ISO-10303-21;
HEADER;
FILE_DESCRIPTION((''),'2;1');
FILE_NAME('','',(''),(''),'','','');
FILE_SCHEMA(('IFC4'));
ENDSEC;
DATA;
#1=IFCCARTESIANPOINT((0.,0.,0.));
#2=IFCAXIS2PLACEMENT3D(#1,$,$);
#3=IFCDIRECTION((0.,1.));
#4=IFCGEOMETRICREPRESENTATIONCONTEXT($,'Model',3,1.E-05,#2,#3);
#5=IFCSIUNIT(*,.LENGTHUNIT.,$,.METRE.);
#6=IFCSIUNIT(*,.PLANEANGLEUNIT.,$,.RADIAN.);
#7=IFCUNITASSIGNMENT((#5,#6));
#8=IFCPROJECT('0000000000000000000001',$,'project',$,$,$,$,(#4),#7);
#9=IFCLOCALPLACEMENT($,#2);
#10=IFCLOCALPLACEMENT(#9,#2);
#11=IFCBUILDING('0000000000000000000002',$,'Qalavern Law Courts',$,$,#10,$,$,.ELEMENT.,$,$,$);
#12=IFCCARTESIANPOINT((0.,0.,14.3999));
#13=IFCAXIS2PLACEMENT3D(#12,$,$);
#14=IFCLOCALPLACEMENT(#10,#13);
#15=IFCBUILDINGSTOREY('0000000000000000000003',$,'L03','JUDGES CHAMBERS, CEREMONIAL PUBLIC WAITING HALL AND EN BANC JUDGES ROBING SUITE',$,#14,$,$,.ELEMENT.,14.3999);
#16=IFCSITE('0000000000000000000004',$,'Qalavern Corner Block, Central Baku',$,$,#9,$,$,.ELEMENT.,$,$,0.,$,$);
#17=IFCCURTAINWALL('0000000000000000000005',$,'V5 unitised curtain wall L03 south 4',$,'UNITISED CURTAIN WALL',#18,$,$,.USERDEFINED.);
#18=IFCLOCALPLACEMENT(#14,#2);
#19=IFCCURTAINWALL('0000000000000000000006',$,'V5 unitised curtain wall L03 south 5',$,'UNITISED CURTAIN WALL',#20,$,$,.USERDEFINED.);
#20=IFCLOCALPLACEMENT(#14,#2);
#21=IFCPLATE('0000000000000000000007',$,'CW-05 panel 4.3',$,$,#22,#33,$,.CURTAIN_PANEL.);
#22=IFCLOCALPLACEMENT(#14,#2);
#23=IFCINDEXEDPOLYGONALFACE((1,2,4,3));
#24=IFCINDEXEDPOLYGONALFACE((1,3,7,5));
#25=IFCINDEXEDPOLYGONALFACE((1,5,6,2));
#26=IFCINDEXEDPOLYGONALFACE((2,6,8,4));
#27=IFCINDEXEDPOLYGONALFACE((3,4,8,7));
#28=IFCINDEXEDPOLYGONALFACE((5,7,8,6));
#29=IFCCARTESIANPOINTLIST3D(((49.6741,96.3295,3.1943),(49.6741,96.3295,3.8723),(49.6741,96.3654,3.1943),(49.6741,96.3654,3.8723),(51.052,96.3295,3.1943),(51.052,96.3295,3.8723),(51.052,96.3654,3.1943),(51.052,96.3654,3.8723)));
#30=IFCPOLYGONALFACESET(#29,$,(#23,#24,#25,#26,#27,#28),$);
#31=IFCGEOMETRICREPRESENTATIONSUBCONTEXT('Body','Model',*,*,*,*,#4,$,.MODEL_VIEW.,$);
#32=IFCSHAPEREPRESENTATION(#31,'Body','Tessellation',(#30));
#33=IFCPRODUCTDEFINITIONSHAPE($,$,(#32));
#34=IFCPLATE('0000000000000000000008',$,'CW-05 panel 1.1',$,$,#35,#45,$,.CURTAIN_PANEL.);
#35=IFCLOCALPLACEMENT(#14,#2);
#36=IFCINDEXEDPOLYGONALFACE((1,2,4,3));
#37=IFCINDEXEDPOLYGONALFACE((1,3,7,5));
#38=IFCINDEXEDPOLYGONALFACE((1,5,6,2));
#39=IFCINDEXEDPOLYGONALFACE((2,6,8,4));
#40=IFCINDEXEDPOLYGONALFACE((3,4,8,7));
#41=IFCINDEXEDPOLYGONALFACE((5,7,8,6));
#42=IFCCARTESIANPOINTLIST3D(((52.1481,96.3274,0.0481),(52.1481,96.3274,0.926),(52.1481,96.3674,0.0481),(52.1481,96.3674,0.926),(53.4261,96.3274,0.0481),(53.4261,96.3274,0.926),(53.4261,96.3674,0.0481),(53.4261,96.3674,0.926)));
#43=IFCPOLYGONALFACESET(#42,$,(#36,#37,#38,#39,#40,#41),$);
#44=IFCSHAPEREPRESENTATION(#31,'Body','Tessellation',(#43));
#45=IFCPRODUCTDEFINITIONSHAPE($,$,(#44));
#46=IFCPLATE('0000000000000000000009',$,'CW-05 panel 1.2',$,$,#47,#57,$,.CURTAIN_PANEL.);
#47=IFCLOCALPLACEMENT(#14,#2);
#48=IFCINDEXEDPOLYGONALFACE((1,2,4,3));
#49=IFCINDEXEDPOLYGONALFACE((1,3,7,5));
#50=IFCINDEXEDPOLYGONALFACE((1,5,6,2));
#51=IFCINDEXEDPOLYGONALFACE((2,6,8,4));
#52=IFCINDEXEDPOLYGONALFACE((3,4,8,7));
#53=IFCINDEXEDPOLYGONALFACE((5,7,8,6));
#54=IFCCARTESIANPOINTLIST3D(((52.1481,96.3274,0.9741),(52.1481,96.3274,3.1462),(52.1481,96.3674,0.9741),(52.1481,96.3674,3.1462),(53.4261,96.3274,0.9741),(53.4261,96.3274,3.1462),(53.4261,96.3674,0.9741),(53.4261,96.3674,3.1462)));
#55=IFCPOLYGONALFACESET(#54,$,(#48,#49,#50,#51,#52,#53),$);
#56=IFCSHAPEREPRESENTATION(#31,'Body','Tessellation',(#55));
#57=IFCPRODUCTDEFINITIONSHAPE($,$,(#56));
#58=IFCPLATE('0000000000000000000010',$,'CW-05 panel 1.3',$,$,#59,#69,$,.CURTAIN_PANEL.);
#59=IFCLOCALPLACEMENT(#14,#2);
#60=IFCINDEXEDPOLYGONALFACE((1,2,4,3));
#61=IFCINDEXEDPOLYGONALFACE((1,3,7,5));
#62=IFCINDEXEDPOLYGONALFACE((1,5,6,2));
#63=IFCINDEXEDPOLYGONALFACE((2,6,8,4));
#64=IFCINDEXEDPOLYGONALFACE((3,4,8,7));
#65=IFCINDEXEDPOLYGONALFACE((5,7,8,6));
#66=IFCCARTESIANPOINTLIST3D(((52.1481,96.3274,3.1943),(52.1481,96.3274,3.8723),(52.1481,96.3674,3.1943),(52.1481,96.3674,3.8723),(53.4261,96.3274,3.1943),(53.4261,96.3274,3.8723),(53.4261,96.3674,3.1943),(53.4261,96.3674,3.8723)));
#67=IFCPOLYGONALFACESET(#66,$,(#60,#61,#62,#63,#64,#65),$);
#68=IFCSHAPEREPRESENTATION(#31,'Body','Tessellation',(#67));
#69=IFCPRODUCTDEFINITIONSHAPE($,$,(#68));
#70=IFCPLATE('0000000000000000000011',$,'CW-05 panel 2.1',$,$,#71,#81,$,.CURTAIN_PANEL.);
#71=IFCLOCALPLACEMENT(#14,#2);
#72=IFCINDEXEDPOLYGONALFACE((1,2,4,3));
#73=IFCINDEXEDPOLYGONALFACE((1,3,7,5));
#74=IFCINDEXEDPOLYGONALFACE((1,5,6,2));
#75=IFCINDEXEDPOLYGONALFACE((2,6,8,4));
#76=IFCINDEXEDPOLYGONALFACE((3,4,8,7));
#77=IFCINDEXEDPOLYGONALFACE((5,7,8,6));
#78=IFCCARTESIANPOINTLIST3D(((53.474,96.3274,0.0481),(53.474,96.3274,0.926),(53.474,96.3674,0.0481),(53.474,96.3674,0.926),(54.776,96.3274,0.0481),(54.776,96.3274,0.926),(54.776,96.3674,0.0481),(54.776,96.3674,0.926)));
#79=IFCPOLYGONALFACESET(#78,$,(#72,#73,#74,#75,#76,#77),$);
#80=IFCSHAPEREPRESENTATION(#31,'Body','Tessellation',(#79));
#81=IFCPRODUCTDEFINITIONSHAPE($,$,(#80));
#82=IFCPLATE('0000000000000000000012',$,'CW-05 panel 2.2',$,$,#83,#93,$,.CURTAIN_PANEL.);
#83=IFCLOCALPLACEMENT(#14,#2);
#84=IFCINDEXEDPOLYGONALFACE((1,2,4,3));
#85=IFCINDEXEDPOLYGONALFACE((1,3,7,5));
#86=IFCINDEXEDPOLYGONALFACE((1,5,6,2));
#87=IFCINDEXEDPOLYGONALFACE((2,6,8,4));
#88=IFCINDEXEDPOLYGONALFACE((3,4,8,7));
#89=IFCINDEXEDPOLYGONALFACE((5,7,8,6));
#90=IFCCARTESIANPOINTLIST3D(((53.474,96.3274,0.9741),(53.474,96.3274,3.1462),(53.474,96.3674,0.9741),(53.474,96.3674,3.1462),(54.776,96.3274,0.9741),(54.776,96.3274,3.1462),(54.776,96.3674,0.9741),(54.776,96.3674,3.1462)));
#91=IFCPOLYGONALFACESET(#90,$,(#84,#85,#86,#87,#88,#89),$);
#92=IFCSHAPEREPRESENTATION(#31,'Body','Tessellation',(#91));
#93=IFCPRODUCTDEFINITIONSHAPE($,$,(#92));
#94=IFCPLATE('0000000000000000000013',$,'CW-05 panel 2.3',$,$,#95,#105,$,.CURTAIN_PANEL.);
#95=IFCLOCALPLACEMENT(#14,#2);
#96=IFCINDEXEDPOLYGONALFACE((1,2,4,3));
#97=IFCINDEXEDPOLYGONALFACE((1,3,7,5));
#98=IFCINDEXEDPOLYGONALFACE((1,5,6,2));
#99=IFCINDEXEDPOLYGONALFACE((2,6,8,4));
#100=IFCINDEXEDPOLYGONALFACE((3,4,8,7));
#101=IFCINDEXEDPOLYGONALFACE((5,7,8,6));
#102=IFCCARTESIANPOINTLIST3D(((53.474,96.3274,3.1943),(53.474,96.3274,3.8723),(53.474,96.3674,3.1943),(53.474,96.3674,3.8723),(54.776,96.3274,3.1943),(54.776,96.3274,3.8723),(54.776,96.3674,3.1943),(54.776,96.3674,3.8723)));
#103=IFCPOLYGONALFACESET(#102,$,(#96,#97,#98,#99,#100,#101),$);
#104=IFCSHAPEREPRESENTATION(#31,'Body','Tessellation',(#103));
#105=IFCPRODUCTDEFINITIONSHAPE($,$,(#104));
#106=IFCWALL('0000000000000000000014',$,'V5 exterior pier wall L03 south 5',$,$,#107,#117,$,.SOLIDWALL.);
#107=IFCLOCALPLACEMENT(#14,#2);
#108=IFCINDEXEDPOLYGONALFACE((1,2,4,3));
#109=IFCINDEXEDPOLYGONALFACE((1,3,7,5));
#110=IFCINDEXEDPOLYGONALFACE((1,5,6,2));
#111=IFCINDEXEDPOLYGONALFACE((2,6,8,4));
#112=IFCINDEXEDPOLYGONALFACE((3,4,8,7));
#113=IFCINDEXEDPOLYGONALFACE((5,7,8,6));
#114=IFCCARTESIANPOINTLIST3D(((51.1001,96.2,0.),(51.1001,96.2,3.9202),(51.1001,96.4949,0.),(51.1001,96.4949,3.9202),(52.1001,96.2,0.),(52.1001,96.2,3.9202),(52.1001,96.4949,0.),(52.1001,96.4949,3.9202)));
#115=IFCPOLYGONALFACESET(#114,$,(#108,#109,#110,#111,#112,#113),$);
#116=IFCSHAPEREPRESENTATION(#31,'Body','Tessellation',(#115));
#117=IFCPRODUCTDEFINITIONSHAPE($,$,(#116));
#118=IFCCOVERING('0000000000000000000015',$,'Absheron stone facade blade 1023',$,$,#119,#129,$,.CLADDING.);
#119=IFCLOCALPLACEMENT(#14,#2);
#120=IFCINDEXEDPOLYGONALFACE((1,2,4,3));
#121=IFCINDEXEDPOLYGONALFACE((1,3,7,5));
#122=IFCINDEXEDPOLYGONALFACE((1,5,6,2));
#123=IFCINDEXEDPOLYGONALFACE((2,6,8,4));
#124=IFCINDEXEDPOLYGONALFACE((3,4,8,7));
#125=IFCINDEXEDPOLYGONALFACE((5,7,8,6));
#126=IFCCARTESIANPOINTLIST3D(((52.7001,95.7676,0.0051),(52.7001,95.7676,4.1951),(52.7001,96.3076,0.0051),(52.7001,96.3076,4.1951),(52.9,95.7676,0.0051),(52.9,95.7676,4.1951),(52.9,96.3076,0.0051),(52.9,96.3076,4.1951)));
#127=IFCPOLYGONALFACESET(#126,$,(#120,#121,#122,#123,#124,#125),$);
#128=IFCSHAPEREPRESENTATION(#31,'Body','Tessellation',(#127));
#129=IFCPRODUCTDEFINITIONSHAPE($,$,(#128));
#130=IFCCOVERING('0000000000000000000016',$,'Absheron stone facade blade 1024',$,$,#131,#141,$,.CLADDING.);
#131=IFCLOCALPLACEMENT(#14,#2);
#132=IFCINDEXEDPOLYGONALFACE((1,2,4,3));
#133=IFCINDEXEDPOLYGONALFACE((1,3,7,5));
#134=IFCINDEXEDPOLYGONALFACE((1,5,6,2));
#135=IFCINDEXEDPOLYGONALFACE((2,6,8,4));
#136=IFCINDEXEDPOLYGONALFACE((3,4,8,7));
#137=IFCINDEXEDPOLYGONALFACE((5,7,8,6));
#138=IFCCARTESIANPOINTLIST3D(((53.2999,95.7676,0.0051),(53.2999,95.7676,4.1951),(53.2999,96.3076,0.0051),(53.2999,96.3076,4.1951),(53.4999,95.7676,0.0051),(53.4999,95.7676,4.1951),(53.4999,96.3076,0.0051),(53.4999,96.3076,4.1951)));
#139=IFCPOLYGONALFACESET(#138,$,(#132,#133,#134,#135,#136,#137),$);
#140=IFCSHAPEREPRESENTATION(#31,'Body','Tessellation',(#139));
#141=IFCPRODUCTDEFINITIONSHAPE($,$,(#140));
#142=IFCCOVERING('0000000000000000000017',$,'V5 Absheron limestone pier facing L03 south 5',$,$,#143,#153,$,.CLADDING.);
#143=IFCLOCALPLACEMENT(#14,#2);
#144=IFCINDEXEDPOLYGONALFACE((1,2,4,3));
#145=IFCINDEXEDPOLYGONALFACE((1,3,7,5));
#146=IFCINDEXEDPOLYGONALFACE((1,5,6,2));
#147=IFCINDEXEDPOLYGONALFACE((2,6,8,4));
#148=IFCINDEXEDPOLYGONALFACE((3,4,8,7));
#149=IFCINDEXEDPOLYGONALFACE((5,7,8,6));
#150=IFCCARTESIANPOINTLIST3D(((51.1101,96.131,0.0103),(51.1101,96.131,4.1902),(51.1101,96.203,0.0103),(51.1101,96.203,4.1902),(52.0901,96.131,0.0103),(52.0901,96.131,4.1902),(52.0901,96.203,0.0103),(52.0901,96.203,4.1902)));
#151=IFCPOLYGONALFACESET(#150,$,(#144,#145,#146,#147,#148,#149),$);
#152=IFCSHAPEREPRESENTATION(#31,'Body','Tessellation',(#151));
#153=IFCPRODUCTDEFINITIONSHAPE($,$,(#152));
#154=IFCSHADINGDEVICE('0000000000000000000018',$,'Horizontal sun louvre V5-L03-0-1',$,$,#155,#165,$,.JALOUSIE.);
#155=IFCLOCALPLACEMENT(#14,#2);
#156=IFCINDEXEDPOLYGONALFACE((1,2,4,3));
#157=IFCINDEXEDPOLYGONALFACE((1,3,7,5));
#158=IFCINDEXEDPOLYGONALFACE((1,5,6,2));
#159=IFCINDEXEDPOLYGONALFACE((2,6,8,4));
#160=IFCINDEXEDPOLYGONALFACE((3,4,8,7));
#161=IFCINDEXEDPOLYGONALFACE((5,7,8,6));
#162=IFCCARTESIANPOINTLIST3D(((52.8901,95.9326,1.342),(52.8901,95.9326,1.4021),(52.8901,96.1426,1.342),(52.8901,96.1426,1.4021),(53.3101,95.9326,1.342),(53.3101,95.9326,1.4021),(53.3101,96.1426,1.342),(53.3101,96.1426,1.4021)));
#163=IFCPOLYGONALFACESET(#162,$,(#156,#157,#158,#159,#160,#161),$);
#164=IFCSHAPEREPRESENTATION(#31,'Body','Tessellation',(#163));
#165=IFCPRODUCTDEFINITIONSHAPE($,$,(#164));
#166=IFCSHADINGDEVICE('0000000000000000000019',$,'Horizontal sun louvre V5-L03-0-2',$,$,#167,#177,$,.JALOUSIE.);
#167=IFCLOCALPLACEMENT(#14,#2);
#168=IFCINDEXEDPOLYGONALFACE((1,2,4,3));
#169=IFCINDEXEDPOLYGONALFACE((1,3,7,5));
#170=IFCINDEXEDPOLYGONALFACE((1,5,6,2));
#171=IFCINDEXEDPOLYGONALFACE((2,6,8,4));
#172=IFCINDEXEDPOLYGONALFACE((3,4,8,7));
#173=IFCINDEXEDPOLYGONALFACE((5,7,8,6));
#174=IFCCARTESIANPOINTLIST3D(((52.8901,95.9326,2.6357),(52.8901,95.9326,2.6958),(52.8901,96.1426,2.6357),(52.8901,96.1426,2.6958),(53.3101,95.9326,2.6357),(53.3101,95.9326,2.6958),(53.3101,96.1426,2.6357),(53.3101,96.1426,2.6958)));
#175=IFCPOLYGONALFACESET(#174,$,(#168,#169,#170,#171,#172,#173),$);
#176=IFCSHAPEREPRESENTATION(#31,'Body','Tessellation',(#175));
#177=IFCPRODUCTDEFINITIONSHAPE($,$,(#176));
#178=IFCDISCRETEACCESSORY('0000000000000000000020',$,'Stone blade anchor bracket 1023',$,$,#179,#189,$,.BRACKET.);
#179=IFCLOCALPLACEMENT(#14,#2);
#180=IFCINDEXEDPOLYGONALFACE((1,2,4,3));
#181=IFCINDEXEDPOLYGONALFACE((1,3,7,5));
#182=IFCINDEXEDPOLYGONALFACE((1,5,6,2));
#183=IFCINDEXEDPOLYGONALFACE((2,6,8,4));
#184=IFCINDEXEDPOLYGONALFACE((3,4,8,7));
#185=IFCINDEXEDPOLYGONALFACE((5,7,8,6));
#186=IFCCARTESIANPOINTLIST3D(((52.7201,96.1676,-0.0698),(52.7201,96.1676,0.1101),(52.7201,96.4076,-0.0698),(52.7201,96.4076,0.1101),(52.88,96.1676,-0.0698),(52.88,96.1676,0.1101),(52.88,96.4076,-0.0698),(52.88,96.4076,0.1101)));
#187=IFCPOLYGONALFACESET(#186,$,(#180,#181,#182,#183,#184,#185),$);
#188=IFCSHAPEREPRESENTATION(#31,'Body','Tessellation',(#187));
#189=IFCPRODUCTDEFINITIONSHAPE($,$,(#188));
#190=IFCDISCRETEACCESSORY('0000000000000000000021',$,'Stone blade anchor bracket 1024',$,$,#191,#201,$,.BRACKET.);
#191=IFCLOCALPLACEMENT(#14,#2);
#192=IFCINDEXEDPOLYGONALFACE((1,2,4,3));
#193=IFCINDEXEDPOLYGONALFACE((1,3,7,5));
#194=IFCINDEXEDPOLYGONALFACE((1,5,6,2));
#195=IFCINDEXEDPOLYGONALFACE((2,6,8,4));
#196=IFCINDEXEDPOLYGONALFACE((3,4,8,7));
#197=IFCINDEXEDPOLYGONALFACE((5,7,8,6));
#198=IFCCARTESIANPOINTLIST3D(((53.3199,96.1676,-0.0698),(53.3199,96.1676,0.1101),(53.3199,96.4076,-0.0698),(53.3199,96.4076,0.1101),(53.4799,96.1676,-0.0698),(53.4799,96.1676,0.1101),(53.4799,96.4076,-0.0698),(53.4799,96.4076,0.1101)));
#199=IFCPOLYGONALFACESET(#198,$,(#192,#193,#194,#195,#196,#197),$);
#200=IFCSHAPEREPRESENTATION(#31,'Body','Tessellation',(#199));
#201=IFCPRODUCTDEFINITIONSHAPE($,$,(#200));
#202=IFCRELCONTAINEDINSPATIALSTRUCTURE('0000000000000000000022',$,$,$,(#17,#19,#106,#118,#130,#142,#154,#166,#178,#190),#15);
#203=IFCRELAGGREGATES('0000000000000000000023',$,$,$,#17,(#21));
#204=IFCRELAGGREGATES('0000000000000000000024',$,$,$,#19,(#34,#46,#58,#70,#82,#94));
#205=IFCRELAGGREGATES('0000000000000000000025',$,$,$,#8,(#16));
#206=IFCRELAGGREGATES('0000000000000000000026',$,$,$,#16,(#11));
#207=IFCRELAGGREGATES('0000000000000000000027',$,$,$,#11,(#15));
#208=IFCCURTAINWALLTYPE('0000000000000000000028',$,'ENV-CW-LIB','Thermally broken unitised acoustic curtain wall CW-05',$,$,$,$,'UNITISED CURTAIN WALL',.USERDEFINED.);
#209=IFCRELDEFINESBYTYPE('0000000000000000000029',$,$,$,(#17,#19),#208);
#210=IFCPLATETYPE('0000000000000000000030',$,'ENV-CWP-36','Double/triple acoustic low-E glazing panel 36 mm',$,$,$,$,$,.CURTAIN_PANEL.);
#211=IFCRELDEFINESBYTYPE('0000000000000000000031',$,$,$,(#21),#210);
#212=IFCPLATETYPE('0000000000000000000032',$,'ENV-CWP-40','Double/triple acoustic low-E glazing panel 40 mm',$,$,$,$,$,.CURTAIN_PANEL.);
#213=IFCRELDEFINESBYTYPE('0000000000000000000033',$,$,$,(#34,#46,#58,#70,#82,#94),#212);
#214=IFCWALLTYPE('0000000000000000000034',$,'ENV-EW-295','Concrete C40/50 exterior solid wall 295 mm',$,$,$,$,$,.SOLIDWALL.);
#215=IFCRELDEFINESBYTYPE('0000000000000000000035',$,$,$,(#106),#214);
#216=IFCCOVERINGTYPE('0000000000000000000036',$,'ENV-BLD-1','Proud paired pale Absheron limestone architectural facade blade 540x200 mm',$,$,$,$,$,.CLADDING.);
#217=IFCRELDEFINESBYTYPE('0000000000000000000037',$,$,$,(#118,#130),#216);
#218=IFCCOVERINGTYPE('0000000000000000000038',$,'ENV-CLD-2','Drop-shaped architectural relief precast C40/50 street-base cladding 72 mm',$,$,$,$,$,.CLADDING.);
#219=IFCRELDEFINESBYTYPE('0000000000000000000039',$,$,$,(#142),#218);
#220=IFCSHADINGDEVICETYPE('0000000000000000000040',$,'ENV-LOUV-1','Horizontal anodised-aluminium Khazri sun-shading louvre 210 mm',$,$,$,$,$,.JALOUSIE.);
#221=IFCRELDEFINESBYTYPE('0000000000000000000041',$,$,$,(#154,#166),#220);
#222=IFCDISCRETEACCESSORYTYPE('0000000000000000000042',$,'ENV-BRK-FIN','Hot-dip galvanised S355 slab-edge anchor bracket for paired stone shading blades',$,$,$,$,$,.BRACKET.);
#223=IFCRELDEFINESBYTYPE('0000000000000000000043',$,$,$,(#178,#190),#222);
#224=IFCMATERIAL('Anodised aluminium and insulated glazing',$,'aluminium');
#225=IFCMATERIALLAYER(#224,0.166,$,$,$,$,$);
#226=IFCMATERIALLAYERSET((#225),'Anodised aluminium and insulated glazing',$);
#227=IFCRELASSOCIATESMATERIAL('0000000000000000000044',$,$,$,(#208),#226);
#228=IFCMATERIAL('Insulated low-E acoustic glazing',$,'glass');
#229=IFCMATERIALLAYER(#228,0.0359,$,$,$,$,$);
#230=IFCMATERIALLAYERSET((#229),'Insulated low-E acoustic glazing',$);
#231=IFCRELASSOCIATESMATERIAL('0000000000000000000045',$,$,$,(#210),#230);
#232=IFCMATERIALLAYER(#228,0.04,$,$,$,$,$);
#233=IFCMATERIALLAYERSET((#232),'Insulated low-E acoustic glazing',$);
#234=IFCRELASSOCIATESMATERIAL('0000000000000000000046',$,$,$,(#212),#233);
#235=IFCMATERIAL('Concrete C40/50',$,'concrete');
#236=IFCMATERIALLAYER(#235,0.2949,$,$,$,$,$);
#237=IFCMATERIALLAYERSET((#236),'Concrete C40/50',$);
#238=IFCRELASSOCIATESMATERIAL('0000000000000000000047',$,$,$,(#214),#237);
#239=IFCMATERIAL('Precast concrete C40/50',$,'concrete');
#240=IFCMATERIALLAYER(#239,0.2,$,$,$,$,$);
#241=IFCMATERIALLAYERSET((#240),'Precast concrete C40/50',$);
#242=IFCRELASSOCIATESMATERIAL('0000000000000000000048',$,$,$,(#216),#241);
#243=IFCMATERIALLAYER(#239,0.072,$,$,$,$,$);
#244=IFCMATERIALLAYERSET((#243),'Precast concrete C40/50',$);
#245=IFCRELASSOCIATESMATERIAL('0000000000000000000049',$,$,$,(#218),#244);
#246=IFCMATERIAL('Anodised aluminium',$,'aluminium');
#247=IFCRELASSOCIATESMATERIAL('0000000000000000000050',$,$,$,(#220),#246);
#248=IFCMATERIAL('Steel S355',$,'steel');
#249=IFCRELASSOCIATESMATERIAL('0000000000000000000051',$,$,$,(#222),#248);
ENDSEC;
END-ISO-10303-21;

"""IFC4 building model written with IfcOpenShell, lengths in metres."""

from ifc_helpers import new_model, si_unit, direction, frame, frame_2d, origin, origin_2d, place, context, subcontext, project, spatial, rectangle, extrude, material, layer, layer_set, type_object, element, aggregate, save


model = new_model("IFC4")

# Units and contexts
model_context = context("Model", 3, precision=1e-05, world=origin(), true_north=direction((0.0, 1.0)))
body_context = subcontext(model_context, "Body", "Model", "MODEL_VIEW")
ifc_project = project(units=[si_unit("LENGTHUNIT", "METRE"), si_unit("PLANEANGLEUNIT", "RADIAN")], contexts=[model_context])

# Site, building, storey
site_placement = place(None, origin())
site = spatial("IfcSite", under=ifc_project, at=site_placement, Name="Qalavern Corner Block, Central Baku", CompositionType="ELEMENT", RefElevation=0.0)
building_placement = place(site_placement, origin())
building = spatial("IfcBuilding", under=site, at=building_placement, Name="Qalavern Law Courts", CompositionType="ELEMENT")
storey_placement = place(building_placement, frame((0.0, 0.0, 14.3999)))
storey = spatial("IfcBuildingStorey", under=building, at=storey_placement, Name="L03", Description="JUDGES CHAMBERS, CEREMONIAL PUBLIC WAITING HALL AND EN BANC JUDGES ROBING SUITE", CompositionType="ELEMENT", Elevation=14.3999)

# Curtain walls
ifc_material_1 = material(Name="Anodised aluminium and insulated glazing", Category="aluminium")
ifc_layer_1 = layer(ifc_material_1, 0.166)
ifc_layer_set_1 = layer_set([ifc_layer_1], Name="Anodised aluminium and insulated glazing")
curtain_wall_type = type_object("IfcCurtainWallType", Name="ENV-CW-LIB", Description="Thermally broken unitised acoustic curtain wall CW-05", ElementType="UNITISED CURTAIN WALL", PredefinedType="USERDEFINED", material=ifc_layer_set_1)
curtain_wall_1_placement = place(storey_placement, origin())
curtain_wall_1 = element("IfcCurtainWall", 1, at=curtain_wall_1_placement, inside=storey, type_object=curtain_wall_type, Name="V5 unitised curtain wall L03 south 4", ObjectType="UNITISED CURTAIN WALL", PredefinedType="USERDEFINED")
ifc_material_2 = material(Name="Anodised aluminium", Category="aluminium")
curtain_wall_2_placement = place(storey_placement, origin())
curtain_wall_2 = element("IfcCurtainWall", 2, at=curtain_wall_2_placement, inside=storey, type_object=curtain_wall_type, Name="V5 unitised curtain wall L03 south 5", ObjectType="UNITISED CURTAIN WALL", PredefinedType="USERDEFINED")

# Plates
ifc_material_3 = material(Name="Insulated low-E acoustic glazing", Category="glass")
ifc_layer_2 = layer(ifc_material_3, 0.0359)
ifc_layer_set_2 = layer_set([ifc_layer_2], Name="Insulated low-E acoustic glazing")
plate_type_1 = type_object("IfcPlateType", Name="ENV-CWP-36", Description="Double/triple acoustic low-E glazing panel 36 mm", PredefinedType="CURTAIN_PANEL", material=ifc_layer_set_2)
plate_1_placement = place(storey_placement, frame((50.363, 96.3474, 3.1943), z_axis=(0.0, 0.0, 1.0), x_axis=(1.0, 0.0, 0.0)))
plate_1 = element("IfcPlate", 3, at=plate_1_placement, type_object=plate_type_1, Name="CW-05 panel 4.3", PredefinedType="CURTAIN_PANEL", context=body_context, shape_type="SweptSolid", body=[
    extrude(rectangle(XDim=1.3779, YDim=0.0359, at=origin_2d()), origin(), (0.0, 0.0, 1.0), 0.678),
])
aggregate(curtain_wall_1, [plate_1])
ifc_layer_3 = layer(ifc_material_3, 0.04)
ifc_layer_set_3 = layer_set([ifc_layer_3], Name="Insulated low-E acoustic glazing")
plate_type_2 = type_object("IfcPlateType", Name="ENV-CWP-40", Description="Double/triple acoustic low-E glazing panel 40 mm", PredefinedType="CURTAIN_PANEL", material=ifc_layer_set_3)
plate_2_placement = place(storey_placement, frame((52.7871, 96.3474, 0.0481), z_axis=(0.0, 0.0, 1.0), x_axis=(1.0, 0.0, 0.0)))
plate_2 = element("IfcPlate", 4, at=plate_2_placement, type_object=plate_type_2, Name="CW-05 panel 1.1", PredefinedType="CURTAIN_PANEL", context=body_context, shape_type="SweptSolid", body=[
    extrude(rectangle(XDim=1.2781, YDim=0.04, at=origin_2d()), origin(), (0.0, 0.0, 1.0), 0.8779),
])
plate_3_placement = place(storey_placement, frame((52.7871, 96.3474, 0.9741), z_axis=(0.0, 0.0, 1.0), x_axis=(1.0, 0.0, 0.0)))
plate_3 = element("IfcPlate", 5, at=plate_3_placement, type_object=plate_type_2, Name="CW-05 panel 1.2", PredefinedType="CURTAIN_PANEL", context=body_context, shape_type="SweptSolid", body=[
    extrude(rectangle(XDim=1.2781, YDim=0.04, at=origin_2d()), origin(), (0.0, 0.0, 1.0), 2.1721),
])
plate_4_placement = place(storey_placement, frame((52.7871, 96.3474, 3.1943), z_axis=(0.0, 0.0, 1.0), x_axis=(1.0, 0.0, 0.0)))
plate_4 = element("IfcPlate", 6, at=plate_4_placement, type_object=plate_type_2, Name="CW-05 panel 1.3", PredefinedType="CURTAIN_PANEL", context=body_context, shape_type="SweptSolid", body=[
    extrude(rectangle(XDim=1.2781, YDim=0.04, at=origin_2d()), origin(), (0.0, 0.0, 1.0), 0.678),
])
plate_5_placement = place(storey_placement, frame((54.125, 96.3474, 0.0481), z_axis=(0.0, 0.0, 1.0), x_axis=(1.0, 0.0, 0.0)))
plate_5 = element("IfcPlate", 7, at=plate_5_placement, type_object=plate_type_2, Name="CW-05 panel 2.1", PredefinedType="CURTAIN_PANEL", context=body_context, shape_type="SweptSolid", body=[
    extrude(rectangle(XDim=1.302, YDim=0.04, at=origin_2d()), origin(), (0.0, 0.0, 1.0), 0.8779),
])
plate_6_placement = place(storey_placement, frame((54.125, 96.3474, 0.9741), z_axis=(0.0, 0.0, 1.0), x_axis=(1.0, 0.0, 0.0)))
plate_6 = element("IfcPlate", 8, at=plate_6_placement, type_object=plate_type_2, Name="CW-05 panel 2.2", PredefinedType="CURTAIN_PANEL", context=body_context, shape_type="SweptSolid", body=[
    extrude(rectangle(XDim=1.302, YDim=0.04, at=origin_2d()), origin(), (0.0, 0.0, 1.0), 2.1721),
])
plate_7_placement = place(storey_placement, frame((54.125, 96.3474, 3.1943), z_axis=(0.0, 0.0, 1.0), x_axis=(1.0, 0.0, 0.0)))
plate_7 = element("IfcPlate", 9, at=plate_7_placement, type_object=plate_type_2, Name="CW-05 panel 2.3", PredefinedType="CURTAIN_PANEL", context=body_context, shape_type="SweptSolid", body=[
    extrude(rectangle(XDim=1.302, YDim=0.04, at=origin_2d()), origin(), (0.0, 0.0, 1.0), 0.678),
])
aggregate(curtain_wall_2, [plate_2, plate_3, plate_4, plate_5, plate_6, plate_7])

# Wall
ifc_material_4 = material(Name="Concrete C40/50", Category="concrete")
ifc_layer_4 = layer(ifc_material_4, 0.2949)
ifc_layer_set_4 = layer_set([ifc_layer_4], Name="Concrete C40/50")
wall_type = type_object("IfcWallType", Name="ENV-EW-295", Description="Concrete C40/50 exterior solid wall 295 mm", PredefinedType="SOLIDWALL", material=ifc_layer_set_4)
wall_placement = place(storey_placement, frame((51.1001, 96.3474, 0.0), z_axis=(0.0, 0.0, 1.0), x_axis=(1.0, 0.0, 0.0)))
element("IfcWall", 10, at=wall_placement, inside=storey, type_object=wall_type, Name="V5 exterior pier wall L03 south 5", PredefinedType="SOLIDWALL", context=body_context, shape_type="SweptSolid", body=[
    extrude(rectangle(XDim=1.0, YDim=0.2949, at=frame_2d((0.5, 0.0))), origin(), (0.0, 0.0, 1.0), 3.9202),
])

# Coverings
ifc_material_5 = material(Name="Precast concrete C40/50", Category="concrete")
ifc_layer_5 = layer(ifc_material_5, 0.2)
ifc_layer_set_5 = layer_set([ifc_layer_5], Name="Precast concrete C40/50")
covering_type_1 = type_object("IfcCoveringType", Name="ENV-BLD-1", Description="Proud paired pale Absheron limestone architectural facade blade 540x200 mm", PredefinedType="CLADDING", material=ifc_layer_set_5)
for number, where, z_axis, x_axis, name in (
    (11, (52.8, 96.0376, 0.0051), (0.0, 0.0, 1.0), (0.0, -1.0, 0.0), "Absheron stone facade blade 1023"),
    (12, (53.3999, 96.0376, 0.0051), (0.0, 0.0, 1.0), (0.0, -1.0, 0.0), "Absheron stone facade blade 1024"),
):
    element("IfcCovering", number, at=place(storey_placement, frame(where, z_axis=z_axis, x_axis=x_axis)), inside=storey, type_object=covering_type_1, Name=name, PredefinedType="CLADDING", context=body_context, shape_type="SweptSolid", body=[
        extrude(rectangle(XDim=0.54, YDim=0.2, at=origin_2d()), origin(), (0.0, 0.0, 1.0), 4.1899),
    ])
ifc_layer_6 = layer(ifc_material_5, 0.072)
ifc_layer_set_6 = layer_set([ifc_layer_6], Name="Precast concrete C40/50")
covering_type_2 = type_object("IfcCoveringType", Name="ENV-CLD-2", Description="Drop-shaped architectural relief precast C40/50 street-base cladding 72 mm", PredefinedType="CLADDING", material=ifc_layer_set_6)
covering_placement = place(storey_placement, frame((51.6001, 96.167, 0.0103), z_axis=(0.0, 0.0, 1.0), x_axis=(1.0, 0.0, 0.0)))
element("IfcCovering", 13, at=covering_placement, inside=storey, type_object=covering_type_2, Name="V5 Absheron limestone pier facing L03 south 5", PredefinedType="CLADDING", context=body_context, shape_type="SweptSolid", body=[
    extrude(rectangle(XDim=0.98, YDim=0.072, at=origin_2d()), origin(), (0.0, 0.0, 1.0), 4.1799),
])

# Shading devices
shading_device_type = type_object("IfcShadingDeviceType", Name="ENV-LOUV-1", Description="Horizontal anodised-aluminium Khazri sun-shading louvre 210 mm", PredefinedType="JALOUSIE", material=ifc_material_2)
for number, where, z_axis, x_axis, name in (
    (14, (53.1001, 96.0376, 1.342), (0.0, 0.0, 1.0), (1.0, 0.0, 0.0), "Horizontal sun louvre V5-L03-0-1"),
    (15, (53.1001, 96.0376, 2.6357), (0.0, 0.0, 1.0), (1.0, 0.0, 0.0), "Horizontal sun louvre V5-L03-0-2"),
):
    element("IfcShadingDevice", number, at=place(storey_placement, frame(where, z_axis=z_axis, x_axis=x_axis)), inside=storey, type_object=shading_device_type, Name=name, PredefinedType="JALOUSIE", context=body_context, shape_type="SweptSolid", body=[
        extrude(rectangle(XDim=0.4199, YDim=0.21, at=origin_2d()), origin(), (0.0, 0.0, 1.0), 0.0601),
    ])

# Discrete accessories
ifc_material_6 = material(Name="Steel S355", Category="steel")
discrete_accessory_type = type_object("IfcDiscreteAccessoryType", Name="ENV-BRK-FIN", Description="Hot-dip galvanised S355 slab-edge anchor bracket for paired stone shading blades", PredefinedType="BRACKET", material=ifc_material_6)
for number, where, z_axis, x_axis, name in (
    (16, (52.8, 96.2876, -0.0698), (0.0, 0.0, 1.0), (0.0, -1.0, 0.0), "Stone blade anchor bracket 1023"),
    (17, (53.3999, 96.2876, -0.0698), (0.0, 0.0, 1.0), (0.0, -1.0, 0.0), "Stone blade anchor bracket 1024"),
):
    element("IfcDiscreteAccessory", number, at=place(storey_placement, frame(where, z_axis=z_axis, x_axis=x_axis)), inside=storey, type_object=discrete_accessory_type, Name=name, PredefinedType="BRACKET", context=body_context, shape_type="SweptSolid", body=[
        extrude(rectangle(XDim=0.24, YDim=0.1599, at=origin_2d()), origin(), (0.0, 0.0, 1.0), 0.1799),
    ])

save(model, "model.ifc")
